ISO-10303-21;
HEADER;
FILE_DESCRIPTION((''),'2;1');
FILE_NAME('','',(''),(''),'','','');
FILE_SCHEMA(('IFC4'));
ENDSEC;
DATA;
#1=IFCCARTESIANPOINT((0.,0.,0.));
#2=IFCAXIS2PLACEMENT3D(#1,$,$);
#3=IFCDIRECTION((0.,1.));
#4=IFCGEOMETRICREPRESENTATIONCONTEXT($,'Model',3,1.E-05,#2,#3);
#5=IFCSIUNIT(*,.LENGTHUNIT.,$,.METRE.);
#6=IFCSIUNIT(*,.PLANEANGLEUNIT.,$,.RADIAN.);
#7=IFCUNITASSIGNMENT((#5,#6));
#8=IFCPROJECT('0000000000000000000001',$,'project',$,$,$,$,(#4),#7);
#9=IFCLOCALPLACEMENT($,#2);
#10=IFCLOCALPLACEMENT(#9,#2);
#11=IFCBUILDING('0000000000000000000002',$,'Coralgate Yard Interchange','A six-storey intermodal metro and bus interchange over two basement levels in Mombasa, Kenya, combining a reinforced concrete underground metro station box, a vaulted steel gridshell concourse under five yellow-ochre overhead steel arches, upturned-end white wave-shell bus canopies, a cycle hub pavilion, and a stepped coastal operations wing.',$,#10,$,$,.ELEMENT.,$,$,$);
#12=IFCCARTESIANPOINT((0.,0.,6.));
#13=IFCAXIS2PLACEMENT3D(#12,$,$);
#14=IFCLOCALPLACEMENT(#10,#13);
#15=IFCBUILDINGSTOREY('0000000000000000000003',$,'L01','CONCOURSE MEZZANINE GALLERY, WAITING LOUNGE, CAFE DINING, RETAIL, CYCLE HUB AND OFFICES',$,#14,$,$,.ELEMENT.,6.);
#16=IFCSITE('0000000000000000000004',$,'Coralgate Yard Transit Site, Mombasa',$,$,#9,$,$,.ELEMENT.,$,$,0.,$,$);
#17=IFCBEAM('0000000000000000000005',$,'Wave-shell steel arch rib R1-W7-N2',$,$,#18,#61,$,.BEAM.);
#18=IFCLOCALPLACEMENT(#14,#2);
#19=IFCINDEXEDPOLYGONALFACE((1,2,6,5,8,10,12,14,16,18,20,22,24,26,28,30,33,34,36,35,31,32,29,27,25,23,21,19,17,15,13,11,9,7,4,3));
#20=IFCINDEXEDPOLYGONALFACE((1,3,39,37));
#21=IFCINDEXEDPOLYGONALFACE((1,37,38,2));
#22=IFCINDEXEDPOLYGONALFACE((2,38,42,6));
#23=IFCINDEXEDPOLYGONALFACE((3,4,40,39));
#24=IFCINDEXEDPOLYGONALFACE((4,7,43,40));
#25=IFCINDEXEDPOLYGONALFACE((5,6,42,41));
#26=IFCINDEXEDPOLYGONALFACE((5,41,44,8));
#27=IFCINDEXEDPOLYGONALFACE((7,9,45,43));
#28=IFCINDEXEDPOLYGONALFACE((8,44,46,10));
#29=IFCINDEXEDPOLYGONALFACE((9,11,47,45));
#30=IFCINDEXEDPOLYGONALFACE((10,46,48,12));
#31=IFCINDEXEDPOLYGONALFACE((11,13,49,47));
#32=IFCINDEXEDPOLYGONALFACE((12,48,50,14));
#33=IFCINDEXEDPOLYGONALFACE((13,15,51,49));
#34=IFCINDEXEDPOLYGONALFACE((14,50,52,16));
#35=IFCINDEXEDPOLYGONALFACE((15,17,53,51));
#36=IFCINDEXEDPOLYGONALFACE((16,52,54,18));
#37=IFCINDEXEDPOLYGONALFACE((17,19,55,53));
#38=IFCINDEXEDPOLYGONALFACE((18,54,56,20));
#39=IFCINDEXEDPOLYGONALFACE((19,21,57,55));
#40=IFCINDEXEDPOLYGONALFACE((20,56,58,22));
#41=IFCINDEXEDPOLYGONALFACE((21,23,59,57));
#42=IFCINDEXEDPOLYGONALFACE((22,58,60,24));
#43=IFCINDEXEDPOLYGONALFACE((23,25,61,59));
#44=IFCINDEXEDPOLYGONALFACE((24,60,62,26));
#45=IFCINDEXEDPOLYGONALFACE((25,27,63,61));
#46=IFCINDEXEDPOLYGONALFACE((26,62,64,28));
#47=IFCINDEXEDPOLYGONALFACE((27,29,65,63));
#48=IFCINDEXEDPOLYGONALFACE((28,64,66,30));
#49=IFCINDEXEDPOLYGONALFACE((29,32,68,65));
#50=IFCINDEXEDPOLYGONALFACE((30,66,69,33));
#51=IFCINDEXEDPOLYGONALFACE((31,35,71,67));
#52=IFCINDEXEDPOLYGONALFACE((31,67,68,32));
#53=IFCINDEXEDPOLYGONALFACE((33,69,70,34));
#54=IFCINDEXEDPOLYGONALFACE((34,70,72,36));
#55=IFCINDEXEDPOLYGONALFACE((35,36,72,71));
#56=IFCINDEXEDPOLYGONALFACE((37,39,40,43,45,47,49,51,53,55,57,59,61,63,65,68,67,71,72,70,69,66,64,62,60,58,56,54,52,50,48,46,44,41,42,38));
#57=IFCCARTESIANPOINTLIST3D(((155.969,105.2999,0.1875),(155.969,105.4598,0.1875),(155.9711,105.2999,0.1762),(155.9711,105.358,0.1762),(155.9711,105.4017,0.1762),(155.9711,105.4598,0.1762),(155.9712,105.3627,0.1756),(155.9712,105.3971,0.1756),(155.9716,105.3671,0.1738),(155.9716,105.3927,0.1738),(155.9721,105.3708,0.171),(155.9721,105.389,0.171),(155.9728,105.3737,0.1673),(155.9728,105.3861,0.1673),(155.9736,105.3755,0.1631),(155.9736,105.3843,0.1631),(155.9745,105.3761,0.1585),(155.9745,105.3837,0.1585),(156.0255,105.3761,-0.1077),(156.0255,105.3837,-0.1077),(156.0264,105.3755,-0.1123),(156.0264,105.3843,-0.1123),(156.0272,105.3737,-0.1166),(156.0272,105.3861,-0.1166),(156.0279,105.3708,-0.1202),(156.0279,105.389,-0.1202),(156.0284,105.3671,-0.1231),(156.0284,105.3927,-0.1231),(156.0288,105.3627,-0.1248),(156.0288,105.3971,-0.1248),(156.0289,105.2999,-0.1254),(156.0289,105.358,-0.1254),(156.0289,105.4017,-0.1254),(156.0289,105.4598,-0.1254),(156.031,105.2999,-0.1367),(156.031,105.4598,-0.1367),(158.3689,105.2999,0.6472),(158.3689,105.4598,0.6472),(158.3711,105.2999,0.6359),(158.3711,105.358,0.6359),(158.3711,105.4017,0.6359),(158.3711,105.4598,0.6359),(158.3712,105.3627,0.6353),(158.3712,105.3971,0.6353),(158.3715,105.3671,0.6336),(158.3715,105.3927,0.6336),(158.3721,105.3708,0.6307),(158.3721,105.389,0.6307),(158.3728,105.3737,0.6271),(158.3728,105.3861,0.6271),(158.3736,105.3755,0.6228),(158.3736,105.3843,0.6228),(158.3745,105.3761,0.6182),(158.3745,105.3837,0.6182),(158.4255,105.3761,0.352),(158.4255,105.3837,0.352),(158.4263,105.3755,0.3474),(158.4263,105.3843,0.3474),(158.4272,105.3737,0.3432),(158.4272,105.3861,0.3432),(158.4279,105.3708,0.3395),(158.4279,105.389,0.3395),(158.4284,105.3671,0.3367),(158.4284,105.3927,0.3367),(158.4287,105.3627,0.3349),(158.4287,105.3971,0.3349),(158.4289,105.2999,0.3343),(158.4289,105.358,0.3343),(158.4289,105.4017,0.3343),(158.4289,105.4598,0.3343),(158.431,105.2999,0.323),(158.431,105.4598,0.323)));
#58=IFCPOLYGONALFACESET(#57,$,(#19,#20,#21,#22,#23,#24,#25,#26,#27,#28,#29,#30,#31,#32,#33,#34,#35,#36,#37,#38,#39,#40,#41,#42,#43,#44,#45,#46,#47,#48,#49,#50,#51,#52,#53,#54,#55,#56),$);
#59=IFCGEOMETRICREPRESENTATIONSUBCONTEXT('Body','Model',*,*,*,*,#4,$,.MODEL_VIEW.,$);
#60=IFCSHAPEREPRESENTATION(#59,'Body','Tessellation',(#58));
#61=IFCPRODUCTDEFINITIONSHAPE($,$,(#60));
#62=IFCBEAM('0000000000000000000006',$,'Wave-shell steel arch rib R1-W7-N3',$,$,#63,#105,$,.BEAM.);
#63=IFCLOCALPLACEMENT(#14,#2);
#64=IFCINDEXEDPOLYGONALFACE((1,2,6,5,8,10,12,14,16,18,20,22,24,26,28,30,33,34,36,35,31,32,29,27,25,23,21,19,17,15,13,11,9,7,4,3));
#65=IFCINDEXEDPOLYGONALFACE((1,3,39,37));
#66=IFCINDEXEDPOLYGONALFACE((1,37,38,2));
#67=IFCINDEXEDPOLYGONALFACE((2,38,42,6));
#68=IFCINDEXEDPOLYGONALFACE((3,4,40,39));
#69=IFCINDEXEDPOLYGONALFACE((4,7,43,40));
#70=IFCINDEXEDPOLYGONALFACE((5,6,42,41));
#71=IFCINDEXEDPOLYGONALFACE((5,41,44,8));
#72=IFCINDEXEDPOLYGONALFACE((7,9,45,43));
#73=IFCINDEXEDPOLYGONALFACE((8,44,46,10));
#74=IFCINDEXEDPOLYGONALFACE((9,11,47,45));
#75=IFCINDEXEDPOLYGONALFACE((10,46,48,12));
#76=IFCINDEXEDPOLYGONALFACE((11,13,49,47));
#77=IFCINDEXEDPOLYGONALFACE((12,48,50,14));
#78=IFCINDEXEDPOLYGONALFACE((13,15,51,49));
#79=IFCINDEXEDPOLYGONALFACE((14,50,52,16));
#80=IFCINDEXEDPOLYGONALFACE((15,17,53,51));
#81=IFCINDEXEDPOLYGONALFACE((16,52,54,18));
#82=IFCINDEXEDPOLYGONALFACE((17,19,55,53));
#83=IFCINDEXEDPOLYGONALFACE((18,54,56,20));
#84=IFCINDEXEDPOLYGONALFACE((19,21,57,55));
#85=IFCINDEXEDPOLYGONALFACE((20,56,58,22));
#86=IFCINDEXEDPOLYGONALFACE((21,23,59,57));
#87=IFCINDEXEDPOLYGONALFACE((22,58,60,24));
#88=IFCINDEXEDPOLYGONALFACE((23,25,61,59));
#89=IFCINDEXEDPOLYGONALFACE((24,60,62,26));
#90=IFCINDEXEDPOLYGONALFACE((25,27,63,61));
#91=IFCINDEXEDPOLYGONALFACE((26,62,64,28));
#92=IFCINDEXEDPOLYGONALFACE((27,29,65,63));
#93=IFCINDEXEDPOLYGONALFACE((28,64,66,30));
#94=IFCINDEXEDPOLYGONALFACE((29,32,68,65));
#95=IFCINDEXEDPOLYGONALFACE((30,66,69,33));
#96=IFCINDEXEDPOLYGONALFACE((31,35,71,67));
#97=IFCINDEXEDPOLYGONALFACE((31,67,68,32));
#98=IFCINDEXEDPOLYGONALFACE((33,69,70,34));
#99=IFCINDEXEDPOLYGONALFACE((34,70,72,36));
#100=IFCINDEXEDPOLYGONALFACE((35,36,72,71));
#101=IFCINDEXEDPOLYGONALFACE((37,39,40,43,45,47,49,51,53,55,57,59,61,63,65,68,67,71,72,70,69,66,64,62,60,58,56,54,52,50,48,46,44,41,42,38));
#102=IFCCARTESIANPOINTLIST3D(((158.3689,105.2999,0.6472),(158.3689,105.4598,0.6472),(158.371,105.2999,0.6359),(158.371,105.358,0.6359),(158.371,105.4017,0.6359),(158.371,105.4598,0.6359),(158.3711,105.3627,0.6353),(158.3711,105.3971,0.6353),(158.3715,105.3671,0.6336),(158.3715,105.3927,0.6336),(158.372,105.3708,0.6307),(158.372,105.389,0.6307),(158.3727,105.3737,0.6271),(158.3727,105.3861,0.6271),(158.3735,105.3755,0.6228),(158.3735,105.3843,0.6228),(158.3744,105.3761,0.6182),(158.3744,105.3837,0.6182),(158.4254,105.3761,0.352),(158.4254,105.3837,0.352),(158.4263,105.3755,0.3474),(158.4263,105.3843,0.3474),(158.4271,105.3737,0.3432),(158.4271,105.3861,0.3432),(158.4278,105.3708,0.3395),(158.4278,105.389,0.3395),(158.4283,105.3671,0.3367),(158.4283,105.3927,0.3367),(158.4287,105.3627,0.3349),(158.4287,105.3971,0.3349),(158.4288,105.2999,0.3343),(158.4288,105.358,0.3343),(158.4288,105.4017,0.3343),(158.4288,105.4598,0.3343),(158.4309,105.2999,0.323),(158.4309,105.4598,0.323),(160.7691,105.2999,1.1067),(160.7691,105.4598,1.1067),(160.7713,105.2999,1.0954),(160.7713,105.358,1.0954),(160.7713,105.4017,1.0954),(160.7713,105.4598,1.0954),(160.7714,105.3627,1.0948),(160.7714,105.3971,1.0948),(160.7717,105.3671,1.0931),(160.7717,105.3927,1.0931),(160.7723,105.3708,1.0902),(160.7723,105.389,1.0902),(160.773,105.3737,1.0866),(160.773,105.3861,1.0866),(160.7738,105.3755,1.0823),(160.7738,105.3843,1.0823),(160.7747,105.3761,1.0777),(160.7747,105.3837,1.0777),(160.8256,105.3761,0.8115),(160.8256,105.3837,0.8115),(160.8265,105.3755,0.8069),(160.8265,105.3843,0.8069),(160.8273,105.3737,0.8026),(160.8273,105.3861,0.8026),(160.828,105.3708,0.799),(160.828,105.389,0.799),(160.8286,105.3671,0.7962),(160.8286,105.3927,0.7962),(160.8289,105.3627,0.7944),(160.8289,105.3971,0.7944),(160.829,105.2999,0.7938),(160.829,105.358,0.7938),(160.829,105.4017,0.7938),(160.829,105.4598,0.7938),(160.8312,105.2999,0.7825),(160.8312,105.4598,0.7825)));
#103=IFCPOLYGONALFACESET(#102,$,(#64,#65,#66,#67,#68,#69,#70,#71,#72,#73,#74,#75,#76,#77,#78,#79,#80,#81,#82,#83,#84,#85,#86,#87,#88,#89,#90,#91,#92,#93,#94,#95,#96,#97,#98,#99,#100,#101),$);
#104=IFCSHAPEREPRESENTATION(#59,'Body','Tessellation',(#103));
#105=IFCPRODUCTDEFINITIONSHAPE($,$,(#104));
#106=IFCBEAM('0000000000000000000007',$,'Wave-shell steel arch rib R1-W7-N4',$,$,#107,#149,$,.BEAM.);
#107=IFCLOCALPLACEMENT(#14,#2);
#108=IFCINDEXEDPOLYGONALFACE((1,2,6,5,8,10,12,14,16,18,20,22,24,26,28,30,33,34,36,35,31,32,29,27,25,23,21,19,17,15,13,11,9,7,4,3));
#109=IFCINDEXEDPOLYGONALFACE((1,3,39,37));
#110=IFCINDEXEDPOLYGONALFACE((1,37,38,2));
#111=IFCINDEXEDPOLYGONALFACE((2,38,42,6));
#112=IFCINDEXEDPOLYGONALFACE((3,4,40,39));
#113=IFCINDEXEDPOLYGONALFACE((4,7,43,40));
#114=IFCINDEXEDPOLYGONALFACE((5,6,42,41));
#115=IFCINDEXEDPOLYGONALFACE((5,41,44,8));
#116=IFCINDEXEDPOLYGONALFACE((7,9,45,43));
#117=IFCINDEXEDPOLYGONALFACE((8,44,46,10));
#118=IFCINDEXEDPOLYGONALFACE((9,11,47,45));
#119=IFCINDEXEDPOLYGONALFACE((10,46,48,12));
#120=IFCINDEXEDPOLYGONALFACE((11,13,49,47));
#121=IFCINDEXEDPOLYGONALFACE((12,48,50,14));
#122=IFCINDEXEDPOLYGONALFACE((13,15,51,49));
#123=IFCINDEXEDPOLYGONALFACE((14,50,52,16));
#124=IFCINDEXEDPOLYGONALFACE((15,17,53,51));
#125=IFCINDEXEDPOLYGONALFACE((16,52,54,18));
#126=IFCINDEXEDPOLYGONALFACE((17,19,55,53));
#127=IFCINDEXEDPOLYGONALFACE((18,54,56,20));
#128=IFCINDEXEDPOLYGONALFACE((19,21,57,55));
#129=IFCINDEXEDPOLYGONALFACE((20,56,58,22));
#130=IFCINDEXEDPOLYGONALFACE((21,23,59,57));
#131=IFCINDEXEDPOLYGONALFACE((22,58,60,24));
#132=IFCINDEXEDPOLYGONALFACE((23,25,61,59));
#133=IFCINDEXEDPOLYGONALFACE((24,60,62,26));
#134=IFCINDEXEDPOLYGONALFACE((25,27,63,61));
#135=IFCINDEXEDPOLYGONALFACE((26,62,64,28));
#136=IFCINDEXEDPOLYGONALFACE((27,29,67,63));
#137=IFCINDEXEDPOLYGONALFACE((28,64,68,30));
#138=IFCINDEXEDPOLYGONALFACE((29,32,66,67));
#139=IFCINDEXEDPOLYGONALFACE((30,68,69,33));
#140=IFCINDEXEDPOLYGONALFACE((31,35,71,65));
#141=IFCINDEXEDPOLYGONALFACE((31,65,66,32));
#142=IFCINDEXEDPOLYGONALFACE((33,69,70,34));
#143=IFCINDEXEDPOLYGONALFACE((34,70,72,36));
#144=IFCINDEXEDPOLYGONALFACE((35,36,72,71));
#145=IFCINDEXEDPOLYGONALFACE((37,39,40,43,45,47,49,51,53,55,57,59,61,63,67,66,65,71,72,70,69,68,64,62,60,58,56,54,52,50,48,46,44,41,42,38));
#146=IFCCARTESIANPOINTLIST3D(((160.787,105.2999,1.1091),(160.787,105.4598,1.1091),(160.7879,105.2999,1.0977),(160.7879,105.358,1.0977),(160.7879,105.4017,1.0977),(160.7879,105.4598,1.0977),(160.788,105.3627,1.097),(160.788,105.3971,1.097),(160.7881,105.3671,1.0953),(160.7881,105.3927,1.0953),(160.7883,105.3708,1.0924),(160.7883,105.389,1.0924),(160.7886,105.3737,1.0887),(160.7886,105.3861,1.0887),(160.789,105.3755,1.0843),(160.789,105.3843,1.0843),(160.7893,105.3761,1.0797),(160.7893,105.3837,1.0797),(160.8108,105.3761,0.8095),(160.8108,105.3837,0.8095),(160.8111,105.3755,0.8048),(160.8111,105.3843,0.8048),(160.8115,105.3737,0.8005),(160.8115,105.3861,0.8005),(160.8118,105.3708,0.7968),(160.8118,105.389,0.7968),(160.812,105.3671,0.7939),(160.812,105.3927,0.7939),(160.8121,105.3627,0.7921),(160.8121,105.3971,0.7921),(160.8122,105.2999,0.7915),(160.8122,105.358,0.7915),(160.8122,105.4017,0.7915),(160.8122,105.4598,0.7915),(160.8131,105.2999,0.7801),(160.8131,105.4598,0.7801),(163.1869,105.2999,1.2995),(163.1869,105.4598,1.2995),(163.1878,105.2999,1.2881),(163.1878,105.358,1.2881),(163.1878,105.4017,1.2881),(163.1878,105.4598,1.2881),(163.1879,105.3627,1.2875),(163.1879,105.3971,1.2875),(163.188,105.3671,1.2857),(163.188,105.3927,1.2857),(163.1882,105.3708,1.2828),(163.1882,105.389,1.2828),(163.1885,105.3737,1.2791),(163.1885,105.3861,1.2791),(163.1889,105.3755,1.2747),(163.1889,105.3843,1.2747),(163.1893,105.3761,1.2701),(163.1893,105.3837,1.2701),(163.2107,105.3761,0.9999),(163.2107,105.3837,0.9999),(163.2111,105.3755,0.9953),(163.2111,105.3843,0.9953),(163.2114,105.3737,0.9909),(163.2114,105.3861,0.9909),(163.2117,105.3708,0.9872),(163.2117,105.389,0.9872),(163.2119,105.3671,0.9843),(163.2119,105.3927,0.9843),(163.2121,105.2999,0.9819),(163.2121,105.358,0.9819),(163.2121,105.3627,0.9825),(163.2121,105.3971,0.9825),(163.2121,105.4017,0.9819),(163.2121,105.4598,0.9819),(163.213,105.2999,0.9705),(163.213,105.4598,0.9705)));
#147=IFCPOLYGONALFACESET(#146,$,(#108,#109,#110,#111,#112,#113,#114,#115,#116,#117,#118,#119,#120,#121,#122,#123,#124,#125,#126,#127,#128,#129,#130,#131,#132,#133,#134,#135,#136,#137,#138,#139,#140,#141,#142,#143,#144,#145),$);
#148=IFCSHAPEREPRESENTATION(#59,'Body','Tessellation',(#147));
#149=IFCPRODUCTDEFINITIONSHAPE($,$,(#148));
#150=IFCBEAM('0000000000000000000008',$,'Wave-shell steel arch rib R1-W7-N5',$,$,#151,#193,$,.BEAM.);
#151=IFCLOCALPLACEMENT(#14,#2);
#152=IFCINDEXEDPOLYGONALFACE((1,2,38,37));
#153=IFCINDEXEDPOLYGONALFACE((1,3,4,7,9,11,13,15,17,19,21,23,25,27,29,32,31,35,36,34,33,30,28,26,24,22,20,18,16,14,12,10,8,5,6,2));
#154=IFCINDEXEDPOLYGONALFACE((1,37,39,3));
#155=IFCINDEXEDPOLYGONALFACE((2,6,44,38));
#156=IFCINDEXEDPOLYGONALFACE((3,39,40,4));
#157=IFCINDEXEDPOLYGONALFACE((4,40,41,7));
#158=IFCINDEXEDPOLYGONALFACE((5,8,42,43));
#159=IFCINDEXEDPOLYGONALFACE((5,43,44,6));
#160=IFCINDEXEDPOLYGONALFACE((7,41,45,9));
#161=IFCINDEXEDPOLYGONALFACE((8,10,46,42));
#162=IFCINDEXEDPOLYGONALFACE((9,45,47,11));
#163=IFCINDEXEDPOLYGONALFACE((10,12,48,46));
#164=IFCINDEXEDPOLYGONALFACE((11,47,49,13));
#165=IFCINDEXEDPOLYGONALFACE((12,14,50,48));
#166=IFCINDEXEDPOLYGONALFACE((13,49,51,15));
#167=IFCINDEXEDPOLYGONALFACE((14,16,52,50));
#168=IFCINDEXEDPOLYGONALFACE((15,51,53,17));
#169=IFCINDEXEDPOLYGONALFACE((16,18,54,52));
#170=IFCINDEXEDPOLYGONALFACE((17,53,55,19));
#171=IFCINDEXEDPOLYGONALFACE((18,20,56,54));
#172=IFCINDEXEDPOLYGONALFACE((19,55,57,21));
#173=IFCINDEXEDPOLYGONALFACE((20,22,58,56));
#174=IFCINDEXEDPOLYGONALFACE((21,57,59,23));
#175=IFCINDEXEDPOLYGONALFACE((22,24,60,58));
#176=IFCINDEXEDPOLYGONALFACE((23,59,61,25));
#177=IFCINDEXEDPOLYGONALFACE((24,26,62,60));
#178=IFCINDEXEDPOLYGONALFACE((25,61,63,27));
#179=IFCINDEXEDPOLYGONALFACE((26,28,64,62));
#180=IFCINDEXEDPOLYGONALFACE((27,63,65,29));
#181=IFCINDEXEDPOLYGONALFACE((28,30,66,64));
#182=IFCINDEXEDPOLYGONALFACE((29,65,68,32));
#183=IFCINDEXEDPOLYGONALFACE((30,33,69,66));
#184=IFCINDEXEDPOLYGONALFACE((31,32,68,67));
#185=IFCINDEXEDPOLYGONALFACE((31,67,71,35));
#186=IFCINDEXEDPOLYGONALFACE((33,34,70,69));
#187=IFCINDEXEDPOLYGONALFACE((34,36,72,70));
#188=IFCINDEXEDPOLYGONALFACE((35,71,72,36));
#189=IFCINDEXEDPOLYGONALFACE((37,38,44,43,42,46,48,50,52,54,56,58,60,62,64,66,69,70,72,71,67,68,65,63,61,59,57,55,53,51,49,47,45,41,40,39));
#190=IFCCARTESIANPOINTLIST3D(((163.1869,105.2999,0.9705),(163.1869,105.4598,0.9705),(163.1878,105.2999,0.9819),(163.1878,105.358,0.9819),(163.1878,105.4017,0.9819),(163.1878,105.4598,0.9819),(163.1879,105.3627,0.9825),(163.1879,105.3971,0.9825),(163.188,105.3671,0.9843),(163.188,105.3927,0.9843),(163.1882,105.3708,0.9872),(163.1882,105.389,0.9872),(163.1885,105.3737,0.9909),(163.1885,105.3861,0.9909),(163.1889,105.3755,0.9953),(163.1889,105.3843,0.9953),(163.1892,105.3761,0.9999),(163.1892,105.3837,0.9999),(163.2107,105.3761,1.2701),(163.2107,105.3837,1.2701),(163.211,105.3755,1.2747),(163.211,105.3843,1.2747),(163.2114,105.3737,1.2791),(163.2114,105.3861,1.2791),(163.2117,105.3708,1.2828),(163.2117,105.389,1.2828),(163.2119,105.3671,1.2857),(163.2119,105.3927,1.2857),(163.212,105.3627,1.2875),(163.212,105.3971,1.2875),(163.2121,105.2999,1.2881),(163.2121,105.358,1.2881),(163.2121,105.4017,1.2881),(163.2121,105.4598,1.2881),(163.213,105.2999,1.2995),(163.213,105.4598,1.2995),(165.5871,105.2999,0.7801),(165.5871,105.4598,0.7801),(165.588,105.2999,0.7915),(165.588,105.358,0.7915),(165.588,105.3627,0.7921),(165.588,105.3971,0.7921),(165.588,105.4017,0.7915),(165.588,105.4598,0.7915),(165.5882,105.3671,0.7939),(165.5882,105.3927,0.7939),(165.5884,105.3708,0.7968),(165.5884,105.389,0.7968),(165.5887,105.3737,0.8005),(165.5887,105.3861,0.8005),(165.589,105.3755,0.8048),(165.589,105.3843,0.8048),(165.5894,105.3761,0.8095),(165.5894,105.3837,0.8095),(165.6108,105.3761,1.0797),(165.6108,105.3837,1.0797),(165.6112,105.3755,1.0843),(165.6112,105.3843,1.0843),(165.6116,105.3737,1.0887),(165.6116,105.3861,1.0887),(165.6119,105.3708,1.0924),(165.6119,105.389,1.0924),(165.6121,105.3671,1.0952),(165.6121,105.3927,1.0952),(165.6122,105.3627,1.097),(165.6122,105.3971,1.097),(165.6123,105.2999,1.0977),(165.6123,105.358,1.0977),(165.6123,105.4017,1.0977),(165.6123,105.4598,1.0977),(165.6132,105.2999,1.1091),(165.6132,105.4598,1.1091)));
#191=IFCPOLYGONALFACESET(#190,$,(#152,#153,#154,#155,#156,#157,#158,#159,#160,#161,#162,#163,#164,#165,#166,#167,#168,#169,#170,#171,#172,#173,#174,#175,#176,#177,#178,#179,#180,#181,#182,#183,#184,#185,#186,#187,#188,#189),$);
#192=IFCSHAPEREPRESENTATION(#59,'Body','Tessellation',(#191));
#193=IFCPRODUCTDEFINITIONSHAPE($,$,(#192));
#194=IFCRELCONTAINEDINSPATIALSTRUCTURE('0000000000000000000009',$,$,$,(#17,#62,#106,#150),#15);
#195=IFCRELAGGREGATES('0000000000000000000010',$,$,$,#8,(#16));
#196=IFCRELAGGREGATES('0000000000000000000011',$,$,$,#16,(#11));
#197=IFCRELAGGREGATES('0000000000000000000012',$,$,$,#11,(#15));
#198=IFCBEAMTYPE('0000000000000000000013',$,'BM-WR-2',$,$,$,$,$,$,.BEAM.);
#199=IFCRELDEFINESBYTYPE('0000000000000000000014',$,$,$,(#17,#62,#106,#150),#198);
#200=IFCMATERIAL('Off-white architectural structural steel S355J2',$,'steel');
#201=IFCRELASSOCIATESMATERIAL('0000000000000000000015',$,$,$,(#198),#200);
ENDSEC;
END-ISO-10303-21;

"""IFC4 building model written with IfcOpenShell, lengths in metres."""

from ifc_helpers import new_model, si_unit, direction, frame, origin, origin_2d, place, context, subcontext, project, spatial, i_section, extrude, material, material_profile, profile_set, type_object, element, save


model = new_model("IFC4")

# Units and contexts
model_context = context("Model", 3, precision=1e-05, world=origin(), true_north=direction((0.0, 1.0)))
body_context = subcontext(model_context, "Body", "Model", "MODEL_VIEW")
ifc_project = project(units=[si_unit("LENGTHUNIT", "METRE"), si_unit("PLANEANGLEUNIT", "RADIAN")], contexts=[model_context])

# Site, building, storey
site_placement = place(None, origin())
site = spatial("IfcSite", under=ifc_project, at=site_placement, Name="Coralgate Yard Transit Site, Mombasa", CompositionType="ELEMENT", RefElevation=0.0)
building_placement = place(site_placement, origin())
building = spatial("IfcBuilding", under=site, at=building_placement, Name="Coralgate Yard Interchange", Description="A six-storey intermodal metro and bus interchange over two basement levels in Mombasa, Kenya, combining a reinforced concrete underground metro station box, a vaulted steel gridshell concourse under five yellow-ochre overhead steel arches, upturned-end white wave-shell bus canopies, a cycle hub pavilion, and a stepped coastal operations wing.", CompositionType="ELEMENT")
storey_placement = place(building_placement, frame((0.0, 0.0, 6.0)))
storey = spatial("IfcBuildingStorey", under=building, at=storey_placement, Name="L01", Description="CONCOURSE MEZZANINE GALLERY, WAITING LOUNGE, CAFE DINING, RETAIL, CYCLE HUB AND OFFICES", CompositionType="ELEMENT", Elevation=6.0)

# Beams
ifc_material_1 = material(Name="Off-white architectural structural steel S355J2", Category="steel")
ifc_material_profile_1 = material_profile(ifc_material_1, i_section(OverallWidth=0.1599, OverallDepth=0.3301, WebThickness=0.0076, FlangeThickness=0.0115, FilletRadius=0.0181, at=origin_2d()), Name="IPE 330")
ifc_profile_set_1 = profile_set([ifc_material_profile_1], Name="Off-white architectural structural steel S355J2")
beam_type_1 = type_object("IfcBeamType", Name="BM-WR-2", PredefinedType="BEAM", material=ifc_profile_set_1)
beam_1_placement = place(storey_placement, frame((156.0, 105.3799, 0.0254), z_axis=(0.982143, 0.0, 0.188136), x_axis=(0.0, 1.0, 0.0)))
element("IfcBeam", 1, at=beam_1_placement, inside=storey, type_object=beam_type_1, Name="Wave-shell steel arch rib R1-W7-N2", PredefinedType="BEAM", context=body_context, shape_type="SweptSolid", body=[
    extrude(i_section(OverallWidth=0.1599, OverallDepth=0.3301, WebThickness=0.0076, FlangeThickness=0.0115, FilletRadius=0.0181, at=origin_2d()), origin(), (0.0, 0.0, 1.0), 2.4436),
])
beam_2_placement = place(storey_placement, frame((158.3999, 105.3799, 0.4851), z_axis=(0.982165, 0.0, 0.188021), x_axis=(0.0, 1.0, 0.0)))
element("IfcBeam", 2, at=beam_2_placement, inside=storey, type_object=beam_type_1, Name="Wave-shell steel arch rib R1-W7-N3", PredefinedType="BEAM", context=body_context, shape_type="SweptSolid", body=[
    extrude(i_section(OverallWidth=0.1599, OverallDepth=0.3301, WebThickness=0.0076, FlangeThickness=0.0115, FilletRadius=0.0181, at=origin_2d()), origin(), (0.0, 0.0, 1.0), 2.4438),
])
beam_3_placement = place(storey_placement, frame((160.8, 105.3799, 0.9446), z_axis=(0.996867, 0.0, 0.0791), x_axis=(0.0, 1.0, 0.0)))
element("IfcBeam", 3, at=beam_3_placement, inside=storey, type_object=beam_type_1, Name="Wave-shell steel arch rib R1-W7-N4", PredefinedType="BEAM", context=body_context, shape_type="SweptSolid", body=[
    extrude(i_section(OverallWidth=0.1599, OverallDepth=0.3301, WebThickness=0.0076, FlangeThickness=0.0115, FilletRadius=0.0181, at=origin_2d()), origin(), (0.0, 0.0, 1.0), 2.4075),
])
beam_4_placement = place(storey_placement, frame((163.2, 105.3799, 1.135), z_axis=(0.996867, 0.0, -0.079092), x_axis=(0.0, 1.0, 0.0)))
element("IfcBeam", 4, at=beam_4_placement, inside=storey, type_object=beam_type_1, Name="Wave-shell steel arch rib R1-W7-N5", PredefinedType="BEAM", context=body_context, shape_type="SweptSolid", body=[
    extrude(i_section(OverallWidth=0.1599, OverallDepth=0.3301, WebThickness=0.0076, FlangeThickness=0.0115, FilletRadius=0.0181, at=origin_2d()), origin(), (0.0, 0.0, 1.0), 2.4077),
])

save(model, "model.ifc")
